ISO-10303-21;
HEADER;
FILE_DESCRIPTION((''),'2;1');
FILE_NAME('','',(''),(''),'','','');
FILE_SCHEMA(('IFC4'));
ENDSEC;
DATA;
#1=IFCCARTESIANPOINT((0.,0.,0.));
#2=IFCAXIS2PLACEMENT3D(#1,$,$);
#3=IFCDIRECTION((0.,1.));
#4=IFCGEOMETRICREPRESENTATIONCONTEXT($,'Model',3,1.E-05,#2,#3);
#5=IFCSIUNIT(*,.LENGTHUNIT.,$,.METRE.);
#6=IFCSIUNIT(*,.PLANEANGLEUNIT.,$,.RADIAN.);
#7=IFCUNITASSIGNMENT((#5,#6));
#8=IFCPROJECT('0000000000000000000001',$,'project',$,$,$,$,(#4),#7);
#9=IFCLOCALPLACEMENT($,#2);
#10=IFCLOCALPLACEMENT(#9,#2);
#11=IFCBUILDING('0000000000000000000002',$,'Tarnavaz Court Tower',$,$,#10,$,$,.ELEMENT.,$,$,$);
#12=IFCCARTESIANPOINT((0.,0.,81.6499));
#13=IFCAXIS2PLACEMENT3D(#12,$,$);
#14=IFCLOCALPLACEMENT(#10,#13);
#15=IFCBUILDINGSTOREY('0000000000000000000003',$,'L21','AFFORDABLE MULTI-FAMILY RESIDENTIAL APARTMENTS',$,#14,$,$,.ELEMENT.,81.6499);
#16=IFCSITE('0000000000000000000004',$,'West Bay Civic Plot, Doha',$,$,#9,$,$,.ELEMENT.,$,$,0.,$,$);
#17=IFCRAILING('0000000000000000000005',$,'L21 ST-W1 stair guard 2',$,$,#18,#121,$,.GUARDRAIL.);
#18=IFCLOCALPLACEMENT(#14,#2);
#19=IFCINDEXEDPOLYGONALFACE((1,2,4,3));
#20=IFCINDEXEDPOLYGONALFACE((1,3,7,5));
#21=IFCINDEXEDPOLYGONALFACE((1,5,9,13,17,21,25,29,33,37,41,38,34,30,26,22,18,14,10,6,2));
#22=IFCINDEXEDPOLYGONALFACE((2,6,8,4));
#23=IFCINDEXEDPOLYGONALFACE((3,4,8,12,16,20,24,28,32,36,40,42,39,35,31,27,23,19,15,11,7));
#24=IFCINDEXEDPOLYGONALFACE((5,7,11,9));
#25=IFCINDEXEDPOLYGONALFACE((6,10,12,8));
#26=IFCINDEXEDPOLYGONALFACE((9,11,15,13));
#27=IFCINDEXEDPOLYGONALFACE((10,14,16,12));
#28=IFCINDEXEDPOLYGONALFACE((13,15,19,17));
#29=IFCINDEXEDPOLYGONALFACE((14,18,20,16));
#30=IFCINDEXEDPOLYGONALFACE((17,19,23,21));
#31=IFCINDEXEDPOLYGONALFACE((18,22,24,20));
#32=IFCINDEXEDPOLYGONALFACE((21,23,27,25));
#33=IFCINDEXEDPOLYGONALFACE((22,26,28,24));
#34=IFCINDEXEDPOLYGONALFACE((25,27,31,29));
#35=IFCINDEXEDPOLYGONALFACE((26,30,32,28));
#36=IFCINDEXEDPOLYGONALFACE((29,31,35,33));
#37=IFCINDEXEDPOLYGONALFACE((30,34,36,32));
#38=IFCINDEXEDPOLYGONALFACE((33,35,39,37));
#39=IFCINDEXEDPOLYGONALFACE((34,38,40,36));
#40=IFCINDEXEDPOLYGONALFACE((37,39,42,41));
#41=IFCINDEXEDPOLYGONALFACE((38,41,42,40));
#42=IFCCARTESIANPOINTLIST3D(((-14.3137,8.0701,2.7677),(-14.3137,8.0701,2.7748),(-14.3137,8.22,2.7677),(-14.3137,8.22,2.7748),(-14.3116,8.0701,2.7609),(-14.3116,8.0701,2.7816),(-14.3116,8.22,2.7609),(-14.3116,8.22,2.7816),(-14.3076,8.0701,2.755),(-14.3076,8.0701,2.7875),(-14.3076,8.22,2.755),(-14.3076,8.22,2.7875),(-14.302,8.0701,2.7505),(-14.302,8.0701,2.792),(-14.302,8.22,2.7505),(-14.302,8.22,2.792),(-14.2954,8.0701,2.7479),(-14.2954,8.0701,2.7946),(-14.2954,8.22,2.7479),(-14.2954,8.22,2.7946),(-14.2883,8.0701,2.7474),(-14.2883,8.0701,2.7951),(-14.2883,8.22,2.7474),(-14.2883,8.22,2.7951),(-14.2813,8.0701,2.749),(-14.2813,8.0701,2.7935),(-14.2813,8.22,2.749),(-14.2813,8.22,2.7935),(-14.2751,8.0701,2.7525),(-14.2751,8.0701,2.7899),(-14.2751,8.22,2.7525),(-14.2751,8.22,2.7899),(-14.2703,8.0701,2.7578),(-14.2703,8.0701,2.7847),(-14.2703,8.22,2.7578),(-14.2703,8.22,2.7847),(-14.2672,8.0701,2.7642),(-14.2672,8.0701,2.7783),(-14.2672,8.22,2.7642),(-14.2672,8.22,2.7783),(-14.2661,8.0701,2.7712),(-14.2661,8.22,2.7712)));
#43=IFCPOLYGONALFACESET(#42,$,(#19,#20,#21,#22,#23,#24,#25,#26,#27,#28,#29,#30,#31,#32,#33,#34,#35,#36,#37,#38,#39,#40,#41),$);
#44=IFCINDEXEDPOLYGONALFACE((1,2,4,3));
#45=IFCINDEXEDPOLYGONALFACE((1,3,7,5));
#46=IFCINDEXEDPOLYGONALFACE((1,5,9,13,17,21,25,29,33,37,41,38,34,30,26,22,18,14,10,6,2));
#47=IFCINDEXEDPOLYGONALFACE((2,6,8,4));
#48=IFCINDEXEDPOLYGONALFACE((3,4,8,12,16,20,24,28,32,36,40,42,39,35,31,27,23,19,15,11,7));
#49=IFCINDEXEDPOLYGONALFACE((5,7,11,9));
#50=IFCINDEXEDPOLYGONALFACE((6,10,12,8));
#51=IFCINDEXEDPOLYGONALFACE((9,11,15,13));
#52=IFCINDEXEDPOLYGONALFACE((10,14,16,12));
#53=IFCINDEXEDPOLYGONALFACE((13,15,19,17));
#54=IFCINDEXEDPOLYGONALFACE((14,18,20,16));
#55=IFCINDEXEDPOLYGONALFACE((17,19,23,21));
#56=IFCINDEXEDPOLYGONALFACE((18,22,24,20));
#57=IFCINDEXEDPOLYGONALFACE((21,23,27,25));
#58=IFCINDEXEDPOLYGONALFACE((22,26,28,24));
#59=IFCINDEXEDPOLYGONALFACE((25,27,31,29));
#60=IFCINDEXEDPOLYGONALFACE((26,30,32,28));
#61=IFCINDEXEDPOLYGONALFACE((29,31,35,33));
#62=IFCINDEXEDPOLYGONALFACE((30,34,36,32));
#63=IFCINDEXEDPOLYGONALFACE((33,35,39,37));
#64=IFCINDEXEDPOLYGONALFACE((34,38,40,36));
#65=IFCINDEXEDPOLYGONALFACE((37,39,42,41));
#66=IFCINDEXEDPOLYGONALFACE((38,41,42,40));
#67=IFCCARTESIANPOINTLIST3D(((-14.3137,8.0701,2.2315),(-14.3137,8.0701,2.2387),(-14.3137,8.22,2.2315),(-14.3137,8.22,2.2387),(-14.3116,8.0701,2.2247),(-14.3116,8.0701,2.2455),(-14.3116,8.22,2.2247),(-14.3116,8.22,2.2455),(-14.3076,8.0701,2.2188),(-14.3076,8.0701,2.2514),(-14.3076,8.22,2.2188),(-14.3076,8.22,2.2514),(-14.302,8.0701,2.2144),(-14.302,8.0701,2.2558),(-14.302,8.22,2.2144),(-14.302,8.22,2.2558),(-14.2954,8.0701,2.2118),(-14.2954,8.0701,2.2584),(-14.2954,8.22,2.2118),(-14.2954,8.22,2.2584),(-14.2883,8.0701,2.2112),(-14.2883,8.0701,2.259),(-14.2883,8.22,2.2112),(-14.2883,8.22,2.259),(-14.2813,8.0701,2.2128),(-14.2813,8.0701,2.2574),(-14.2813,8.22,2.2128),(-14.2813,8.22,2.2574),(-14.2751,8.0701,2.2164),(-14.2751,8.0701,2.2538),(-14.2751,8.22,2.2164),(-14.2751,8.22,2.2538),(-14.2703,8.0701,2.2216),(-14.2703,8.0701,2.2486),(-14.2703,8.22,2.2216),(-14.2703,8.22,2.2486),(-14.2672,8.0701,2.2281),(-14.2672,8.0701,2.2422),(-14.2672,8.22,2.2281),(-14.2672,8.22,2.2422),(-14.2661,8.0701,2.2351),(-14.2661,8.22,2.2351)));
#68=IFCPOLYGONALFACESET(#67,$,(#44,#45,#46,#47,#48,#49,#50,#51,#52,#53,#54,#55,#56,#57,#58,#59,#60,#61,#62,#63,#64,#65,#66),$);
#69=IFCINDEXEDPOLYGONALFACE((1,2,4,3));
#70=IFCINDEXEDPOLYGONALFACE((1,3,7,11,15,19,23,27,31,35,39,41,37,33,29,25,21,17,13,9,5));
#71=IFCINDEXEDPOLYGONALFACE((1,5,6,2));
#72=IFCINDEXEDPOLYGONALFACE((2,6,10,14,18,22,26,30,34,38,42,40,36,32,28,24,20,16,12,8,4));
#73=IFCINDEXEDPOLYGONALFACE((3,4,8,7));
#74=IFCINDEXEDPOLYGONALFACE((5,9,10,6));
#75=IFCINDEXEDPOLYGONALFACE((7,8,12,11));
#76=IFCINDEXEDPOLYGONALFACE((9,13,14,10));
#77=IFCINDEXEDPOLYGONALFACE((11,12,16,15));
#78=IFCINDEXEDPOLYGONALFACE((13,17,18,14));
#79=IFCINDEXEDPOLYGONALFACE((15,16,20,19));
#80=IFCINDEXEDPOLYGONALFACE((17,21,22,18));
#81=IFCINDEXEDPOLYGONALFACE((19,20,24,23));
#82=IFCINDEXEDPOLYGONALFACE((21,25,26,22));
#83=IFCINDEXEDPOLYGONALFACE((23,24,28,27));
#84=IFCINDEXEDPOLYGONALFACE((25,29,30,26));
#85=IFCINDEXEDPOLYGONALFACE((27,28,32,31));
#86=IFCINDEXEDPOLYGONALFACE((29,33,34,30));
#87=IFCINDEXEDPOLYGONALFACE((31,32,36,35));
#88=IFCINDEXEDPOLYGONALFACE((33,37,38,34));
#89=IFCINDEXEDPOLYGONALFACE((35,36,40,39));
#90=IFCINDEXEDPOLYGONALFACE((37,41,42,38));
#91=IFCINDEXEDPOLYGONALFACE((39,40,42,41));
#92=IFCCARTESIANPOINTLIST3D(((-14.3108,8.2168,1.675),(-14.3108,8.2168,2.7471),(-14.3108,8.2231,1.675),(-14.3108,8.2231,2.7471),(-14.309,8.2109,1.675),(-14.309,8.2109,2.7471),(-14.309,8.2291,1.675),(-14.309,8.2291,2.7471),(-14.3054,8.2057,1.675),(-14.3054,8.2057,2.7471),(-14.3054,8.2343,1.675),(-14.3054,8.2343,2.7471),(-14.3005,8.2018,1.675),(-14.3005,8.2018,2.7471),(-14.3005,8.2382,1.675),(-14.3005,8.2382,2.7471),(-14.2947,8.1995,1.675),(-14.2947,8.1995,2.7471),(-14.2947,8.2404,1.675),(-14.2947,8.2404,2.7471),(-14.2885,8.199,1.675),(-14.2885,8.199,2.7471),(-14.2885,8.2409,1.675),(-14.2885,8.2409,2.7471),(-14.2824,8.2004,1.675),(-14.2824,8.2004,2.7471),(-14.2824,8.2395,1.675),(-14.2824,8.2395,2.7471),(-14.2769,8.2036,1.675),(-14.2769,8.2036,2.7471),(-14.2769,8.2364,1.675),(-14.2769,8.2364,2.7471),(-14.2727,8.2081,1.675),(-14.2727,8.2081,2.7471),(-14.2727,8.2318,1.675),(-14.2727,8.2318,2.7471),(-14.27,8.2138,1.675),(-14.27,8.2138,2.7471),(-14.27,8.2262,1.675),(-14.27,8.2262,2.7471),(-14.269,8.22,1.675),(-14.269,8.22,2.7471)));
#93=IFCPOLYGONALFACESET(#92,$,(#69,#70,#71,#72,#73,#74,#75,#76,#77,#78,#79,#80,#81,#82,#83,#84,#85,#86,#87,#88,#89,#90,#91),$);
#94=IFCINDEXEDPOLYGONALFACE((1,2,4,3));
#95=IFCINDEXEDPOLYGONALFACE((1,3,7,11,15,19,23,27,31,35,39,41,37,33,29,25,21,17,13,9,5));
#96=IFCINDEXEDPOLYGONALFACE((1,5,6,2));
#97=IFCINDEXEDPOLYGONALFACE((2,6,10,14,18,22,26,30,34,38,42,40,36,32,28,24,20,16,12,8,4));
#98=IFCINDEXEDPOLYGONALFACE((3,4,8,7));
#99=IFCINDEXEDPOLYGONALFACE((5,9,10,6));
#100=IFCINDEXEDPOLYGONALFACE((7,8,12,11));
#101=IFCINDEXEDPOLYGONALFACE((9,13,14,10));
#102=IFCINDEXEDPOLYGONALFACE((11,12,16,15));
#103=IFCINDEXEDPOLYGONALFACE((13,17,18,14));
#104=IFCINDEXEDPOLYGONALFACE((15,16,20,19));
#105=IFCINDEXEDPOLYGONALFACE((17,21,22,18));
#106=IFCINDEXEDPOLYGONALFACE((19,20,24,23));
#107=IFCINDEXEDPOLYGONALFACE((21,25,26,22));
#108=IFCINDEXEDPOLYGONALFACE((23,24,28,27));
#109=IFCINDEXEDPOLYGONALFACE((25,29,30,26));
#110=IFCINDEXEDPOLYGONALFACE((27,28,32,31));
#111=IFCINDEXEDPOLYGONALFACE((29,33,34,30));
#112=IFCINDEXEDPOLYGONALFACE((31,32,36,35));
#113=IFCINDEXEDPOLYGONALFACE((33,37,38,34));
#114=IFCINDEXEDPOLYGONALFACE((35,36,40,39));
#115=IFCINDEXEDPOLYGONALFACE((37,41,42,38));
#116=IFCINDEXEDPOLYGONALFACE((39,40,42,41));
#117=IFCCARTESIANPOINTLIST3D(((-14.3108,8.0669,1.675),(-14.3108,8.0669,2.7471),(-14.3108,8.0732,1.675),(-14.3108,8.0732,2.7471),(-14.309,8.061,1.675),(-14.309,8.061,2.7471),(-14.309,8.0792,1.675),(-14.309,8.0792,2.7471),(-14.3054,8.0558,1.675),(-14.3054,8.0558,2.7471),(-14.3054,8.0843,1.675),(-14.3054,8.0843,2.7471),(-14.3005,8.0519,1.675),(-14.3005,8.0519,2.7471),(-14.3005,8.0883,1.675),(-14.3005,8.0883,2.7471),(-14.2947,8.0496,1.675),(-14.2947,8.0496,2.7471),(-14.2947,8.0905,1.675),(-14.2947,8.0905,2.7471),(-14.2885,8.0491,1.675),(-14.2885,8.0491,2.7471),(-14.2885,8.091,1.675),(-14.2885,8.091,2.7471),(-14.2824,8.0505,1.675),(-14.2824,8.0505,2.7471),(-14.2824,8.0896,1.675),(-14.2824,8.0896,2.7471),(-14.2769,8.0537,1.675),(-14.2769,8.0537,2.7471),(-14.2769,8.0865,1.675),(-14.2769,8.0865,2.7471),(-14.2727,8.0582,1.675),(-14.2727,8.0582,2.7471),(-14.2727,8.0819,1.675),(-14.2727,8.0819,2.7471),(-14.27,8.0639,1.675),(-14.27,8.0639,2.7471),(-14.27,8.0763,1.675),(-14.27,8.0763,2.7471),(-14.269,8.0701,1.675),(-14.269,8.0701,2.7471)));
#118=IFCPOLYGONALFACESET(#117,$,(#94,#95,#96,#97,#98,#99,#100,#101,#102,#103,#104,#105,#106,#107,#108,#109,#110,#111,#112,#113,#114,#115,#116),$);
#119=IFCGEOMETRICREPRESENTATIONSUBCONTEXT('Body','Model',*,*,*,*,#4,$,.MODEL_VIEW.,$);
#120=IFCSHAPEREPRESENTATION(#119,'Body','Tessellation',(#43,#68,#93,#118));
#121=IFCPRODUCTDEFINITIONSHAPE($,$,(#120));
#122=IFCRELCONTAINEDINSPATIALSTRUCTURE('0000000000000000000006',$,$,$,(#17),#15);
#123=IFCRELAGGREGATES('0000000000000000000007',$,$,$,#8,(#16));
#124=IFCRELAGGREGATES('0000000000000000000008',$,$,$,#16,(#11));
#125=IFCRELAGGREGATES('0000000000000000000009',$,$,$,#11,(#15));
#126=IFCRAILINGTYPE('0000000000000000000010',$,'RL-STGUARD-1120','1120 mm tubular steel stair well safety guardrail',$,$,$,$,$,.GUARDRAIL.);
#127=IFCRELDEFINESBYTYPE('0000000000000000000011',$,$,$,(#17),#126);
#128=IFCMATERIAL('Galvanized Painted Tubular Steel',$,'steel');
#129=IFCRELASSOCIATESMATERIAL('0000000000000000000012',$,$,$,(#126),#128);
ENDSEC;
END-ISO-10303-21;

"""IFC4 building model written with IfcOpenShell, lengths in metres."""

from ifc_helpers import new_model, si_unit, direction, frame, origin, origin_2d, place, context, subcontext, project, spatial, circle, extrude, material, type_object, element, save


model = new_model("IFC4")

# Units and contexts
model_context = context("Model", 3, precision=1e-05, world=origin(), true_north=direction((0.0, 1.0)))
body_context = subcontext(model_context, "Body", "Model", "MODEL_VIEW")
ifc_project = project(units=[si_unit("LENGTHUNIT", "METRE"), si_unit("PLANEANGLEUNIT", "RADIAN")], contexts=[model_context])

# Site, building, storey
site_placement = place(None, origin())
site = spatial("IfcSite", under=ifc_project, at=site_placement, Name="West Bay Civic Plot, Doha", CompositionType="ELEMENT", RefElevation=0.0)
building_placement = place(site_placement, origin())
building = spatial("IfcBuilding", under=site, at=building_placement, Name="Tarnavaz Court Tower", CompositionType="ELEMENT")
storey_placement = place(building_placement, frame((0.0, 0.0, 81.6499)))
storey = spatial("IfcBuildingStorey", under=building, at=storey_placement, Name="L21", Description="AFFORDABLE MULTI-FAMILY RESIDENTIAL APARTMENTS", CompositionType="ELEMENT", Elevation=81.6499)

# Railing
ifc_material_1 = material(Name="Galvanized Painted Tubular Steel", Category="steel")
railing_type_1 = type_object("IfcRailingType", Name="RL-STGUARD-1120", Description="1120 mm tubular steel stair well safety guardrail", PredefinedType="GUARDRAIL", material=ifc_material_1)
railing_1_placement = place(storey_placement, frame((-14.29, 8.22, 1.675)))
element("IfcRailing", 1, at=railing_1_placement, inside=storey, type_object=railing_type_1, Name="L21 ST-W1 stair guard 2", PredefinedType="GUARDRAIL", context=body_context, shape_type="SweptSolid", body=[
    extrude(circle(Radius=0.0239, at=origin_2d()), frame((0.0, 0.0, 1.0962), z_axis=(0.0, -1.0, 0.0), x_axis=(1.0, 0.0, 0.0)), (0.0, 0.0, 1.0), 0.1499),
    extrude(circle(Radius=0.0239, at=origin_2d()), frame((0.0, 0.0, 0.5601), z_axis=(0.0, -1.0, 0.0), x_axis=(1.0, 0.0, 0.0)), (0.0, 0.0, 1.0), 0.1499),
    extrude(circle(Radius=0.021, at=origin_2d()), origin(), (0.0, 0.0, 1.0), 1.072),
    extrude(circle(Radius=0.021, at=origin_2d()), frame((0.0, -0.1499, 0.0)), (0.0, 0.0, 1.0), 1.072),
])

save(model, "model.ifc")
